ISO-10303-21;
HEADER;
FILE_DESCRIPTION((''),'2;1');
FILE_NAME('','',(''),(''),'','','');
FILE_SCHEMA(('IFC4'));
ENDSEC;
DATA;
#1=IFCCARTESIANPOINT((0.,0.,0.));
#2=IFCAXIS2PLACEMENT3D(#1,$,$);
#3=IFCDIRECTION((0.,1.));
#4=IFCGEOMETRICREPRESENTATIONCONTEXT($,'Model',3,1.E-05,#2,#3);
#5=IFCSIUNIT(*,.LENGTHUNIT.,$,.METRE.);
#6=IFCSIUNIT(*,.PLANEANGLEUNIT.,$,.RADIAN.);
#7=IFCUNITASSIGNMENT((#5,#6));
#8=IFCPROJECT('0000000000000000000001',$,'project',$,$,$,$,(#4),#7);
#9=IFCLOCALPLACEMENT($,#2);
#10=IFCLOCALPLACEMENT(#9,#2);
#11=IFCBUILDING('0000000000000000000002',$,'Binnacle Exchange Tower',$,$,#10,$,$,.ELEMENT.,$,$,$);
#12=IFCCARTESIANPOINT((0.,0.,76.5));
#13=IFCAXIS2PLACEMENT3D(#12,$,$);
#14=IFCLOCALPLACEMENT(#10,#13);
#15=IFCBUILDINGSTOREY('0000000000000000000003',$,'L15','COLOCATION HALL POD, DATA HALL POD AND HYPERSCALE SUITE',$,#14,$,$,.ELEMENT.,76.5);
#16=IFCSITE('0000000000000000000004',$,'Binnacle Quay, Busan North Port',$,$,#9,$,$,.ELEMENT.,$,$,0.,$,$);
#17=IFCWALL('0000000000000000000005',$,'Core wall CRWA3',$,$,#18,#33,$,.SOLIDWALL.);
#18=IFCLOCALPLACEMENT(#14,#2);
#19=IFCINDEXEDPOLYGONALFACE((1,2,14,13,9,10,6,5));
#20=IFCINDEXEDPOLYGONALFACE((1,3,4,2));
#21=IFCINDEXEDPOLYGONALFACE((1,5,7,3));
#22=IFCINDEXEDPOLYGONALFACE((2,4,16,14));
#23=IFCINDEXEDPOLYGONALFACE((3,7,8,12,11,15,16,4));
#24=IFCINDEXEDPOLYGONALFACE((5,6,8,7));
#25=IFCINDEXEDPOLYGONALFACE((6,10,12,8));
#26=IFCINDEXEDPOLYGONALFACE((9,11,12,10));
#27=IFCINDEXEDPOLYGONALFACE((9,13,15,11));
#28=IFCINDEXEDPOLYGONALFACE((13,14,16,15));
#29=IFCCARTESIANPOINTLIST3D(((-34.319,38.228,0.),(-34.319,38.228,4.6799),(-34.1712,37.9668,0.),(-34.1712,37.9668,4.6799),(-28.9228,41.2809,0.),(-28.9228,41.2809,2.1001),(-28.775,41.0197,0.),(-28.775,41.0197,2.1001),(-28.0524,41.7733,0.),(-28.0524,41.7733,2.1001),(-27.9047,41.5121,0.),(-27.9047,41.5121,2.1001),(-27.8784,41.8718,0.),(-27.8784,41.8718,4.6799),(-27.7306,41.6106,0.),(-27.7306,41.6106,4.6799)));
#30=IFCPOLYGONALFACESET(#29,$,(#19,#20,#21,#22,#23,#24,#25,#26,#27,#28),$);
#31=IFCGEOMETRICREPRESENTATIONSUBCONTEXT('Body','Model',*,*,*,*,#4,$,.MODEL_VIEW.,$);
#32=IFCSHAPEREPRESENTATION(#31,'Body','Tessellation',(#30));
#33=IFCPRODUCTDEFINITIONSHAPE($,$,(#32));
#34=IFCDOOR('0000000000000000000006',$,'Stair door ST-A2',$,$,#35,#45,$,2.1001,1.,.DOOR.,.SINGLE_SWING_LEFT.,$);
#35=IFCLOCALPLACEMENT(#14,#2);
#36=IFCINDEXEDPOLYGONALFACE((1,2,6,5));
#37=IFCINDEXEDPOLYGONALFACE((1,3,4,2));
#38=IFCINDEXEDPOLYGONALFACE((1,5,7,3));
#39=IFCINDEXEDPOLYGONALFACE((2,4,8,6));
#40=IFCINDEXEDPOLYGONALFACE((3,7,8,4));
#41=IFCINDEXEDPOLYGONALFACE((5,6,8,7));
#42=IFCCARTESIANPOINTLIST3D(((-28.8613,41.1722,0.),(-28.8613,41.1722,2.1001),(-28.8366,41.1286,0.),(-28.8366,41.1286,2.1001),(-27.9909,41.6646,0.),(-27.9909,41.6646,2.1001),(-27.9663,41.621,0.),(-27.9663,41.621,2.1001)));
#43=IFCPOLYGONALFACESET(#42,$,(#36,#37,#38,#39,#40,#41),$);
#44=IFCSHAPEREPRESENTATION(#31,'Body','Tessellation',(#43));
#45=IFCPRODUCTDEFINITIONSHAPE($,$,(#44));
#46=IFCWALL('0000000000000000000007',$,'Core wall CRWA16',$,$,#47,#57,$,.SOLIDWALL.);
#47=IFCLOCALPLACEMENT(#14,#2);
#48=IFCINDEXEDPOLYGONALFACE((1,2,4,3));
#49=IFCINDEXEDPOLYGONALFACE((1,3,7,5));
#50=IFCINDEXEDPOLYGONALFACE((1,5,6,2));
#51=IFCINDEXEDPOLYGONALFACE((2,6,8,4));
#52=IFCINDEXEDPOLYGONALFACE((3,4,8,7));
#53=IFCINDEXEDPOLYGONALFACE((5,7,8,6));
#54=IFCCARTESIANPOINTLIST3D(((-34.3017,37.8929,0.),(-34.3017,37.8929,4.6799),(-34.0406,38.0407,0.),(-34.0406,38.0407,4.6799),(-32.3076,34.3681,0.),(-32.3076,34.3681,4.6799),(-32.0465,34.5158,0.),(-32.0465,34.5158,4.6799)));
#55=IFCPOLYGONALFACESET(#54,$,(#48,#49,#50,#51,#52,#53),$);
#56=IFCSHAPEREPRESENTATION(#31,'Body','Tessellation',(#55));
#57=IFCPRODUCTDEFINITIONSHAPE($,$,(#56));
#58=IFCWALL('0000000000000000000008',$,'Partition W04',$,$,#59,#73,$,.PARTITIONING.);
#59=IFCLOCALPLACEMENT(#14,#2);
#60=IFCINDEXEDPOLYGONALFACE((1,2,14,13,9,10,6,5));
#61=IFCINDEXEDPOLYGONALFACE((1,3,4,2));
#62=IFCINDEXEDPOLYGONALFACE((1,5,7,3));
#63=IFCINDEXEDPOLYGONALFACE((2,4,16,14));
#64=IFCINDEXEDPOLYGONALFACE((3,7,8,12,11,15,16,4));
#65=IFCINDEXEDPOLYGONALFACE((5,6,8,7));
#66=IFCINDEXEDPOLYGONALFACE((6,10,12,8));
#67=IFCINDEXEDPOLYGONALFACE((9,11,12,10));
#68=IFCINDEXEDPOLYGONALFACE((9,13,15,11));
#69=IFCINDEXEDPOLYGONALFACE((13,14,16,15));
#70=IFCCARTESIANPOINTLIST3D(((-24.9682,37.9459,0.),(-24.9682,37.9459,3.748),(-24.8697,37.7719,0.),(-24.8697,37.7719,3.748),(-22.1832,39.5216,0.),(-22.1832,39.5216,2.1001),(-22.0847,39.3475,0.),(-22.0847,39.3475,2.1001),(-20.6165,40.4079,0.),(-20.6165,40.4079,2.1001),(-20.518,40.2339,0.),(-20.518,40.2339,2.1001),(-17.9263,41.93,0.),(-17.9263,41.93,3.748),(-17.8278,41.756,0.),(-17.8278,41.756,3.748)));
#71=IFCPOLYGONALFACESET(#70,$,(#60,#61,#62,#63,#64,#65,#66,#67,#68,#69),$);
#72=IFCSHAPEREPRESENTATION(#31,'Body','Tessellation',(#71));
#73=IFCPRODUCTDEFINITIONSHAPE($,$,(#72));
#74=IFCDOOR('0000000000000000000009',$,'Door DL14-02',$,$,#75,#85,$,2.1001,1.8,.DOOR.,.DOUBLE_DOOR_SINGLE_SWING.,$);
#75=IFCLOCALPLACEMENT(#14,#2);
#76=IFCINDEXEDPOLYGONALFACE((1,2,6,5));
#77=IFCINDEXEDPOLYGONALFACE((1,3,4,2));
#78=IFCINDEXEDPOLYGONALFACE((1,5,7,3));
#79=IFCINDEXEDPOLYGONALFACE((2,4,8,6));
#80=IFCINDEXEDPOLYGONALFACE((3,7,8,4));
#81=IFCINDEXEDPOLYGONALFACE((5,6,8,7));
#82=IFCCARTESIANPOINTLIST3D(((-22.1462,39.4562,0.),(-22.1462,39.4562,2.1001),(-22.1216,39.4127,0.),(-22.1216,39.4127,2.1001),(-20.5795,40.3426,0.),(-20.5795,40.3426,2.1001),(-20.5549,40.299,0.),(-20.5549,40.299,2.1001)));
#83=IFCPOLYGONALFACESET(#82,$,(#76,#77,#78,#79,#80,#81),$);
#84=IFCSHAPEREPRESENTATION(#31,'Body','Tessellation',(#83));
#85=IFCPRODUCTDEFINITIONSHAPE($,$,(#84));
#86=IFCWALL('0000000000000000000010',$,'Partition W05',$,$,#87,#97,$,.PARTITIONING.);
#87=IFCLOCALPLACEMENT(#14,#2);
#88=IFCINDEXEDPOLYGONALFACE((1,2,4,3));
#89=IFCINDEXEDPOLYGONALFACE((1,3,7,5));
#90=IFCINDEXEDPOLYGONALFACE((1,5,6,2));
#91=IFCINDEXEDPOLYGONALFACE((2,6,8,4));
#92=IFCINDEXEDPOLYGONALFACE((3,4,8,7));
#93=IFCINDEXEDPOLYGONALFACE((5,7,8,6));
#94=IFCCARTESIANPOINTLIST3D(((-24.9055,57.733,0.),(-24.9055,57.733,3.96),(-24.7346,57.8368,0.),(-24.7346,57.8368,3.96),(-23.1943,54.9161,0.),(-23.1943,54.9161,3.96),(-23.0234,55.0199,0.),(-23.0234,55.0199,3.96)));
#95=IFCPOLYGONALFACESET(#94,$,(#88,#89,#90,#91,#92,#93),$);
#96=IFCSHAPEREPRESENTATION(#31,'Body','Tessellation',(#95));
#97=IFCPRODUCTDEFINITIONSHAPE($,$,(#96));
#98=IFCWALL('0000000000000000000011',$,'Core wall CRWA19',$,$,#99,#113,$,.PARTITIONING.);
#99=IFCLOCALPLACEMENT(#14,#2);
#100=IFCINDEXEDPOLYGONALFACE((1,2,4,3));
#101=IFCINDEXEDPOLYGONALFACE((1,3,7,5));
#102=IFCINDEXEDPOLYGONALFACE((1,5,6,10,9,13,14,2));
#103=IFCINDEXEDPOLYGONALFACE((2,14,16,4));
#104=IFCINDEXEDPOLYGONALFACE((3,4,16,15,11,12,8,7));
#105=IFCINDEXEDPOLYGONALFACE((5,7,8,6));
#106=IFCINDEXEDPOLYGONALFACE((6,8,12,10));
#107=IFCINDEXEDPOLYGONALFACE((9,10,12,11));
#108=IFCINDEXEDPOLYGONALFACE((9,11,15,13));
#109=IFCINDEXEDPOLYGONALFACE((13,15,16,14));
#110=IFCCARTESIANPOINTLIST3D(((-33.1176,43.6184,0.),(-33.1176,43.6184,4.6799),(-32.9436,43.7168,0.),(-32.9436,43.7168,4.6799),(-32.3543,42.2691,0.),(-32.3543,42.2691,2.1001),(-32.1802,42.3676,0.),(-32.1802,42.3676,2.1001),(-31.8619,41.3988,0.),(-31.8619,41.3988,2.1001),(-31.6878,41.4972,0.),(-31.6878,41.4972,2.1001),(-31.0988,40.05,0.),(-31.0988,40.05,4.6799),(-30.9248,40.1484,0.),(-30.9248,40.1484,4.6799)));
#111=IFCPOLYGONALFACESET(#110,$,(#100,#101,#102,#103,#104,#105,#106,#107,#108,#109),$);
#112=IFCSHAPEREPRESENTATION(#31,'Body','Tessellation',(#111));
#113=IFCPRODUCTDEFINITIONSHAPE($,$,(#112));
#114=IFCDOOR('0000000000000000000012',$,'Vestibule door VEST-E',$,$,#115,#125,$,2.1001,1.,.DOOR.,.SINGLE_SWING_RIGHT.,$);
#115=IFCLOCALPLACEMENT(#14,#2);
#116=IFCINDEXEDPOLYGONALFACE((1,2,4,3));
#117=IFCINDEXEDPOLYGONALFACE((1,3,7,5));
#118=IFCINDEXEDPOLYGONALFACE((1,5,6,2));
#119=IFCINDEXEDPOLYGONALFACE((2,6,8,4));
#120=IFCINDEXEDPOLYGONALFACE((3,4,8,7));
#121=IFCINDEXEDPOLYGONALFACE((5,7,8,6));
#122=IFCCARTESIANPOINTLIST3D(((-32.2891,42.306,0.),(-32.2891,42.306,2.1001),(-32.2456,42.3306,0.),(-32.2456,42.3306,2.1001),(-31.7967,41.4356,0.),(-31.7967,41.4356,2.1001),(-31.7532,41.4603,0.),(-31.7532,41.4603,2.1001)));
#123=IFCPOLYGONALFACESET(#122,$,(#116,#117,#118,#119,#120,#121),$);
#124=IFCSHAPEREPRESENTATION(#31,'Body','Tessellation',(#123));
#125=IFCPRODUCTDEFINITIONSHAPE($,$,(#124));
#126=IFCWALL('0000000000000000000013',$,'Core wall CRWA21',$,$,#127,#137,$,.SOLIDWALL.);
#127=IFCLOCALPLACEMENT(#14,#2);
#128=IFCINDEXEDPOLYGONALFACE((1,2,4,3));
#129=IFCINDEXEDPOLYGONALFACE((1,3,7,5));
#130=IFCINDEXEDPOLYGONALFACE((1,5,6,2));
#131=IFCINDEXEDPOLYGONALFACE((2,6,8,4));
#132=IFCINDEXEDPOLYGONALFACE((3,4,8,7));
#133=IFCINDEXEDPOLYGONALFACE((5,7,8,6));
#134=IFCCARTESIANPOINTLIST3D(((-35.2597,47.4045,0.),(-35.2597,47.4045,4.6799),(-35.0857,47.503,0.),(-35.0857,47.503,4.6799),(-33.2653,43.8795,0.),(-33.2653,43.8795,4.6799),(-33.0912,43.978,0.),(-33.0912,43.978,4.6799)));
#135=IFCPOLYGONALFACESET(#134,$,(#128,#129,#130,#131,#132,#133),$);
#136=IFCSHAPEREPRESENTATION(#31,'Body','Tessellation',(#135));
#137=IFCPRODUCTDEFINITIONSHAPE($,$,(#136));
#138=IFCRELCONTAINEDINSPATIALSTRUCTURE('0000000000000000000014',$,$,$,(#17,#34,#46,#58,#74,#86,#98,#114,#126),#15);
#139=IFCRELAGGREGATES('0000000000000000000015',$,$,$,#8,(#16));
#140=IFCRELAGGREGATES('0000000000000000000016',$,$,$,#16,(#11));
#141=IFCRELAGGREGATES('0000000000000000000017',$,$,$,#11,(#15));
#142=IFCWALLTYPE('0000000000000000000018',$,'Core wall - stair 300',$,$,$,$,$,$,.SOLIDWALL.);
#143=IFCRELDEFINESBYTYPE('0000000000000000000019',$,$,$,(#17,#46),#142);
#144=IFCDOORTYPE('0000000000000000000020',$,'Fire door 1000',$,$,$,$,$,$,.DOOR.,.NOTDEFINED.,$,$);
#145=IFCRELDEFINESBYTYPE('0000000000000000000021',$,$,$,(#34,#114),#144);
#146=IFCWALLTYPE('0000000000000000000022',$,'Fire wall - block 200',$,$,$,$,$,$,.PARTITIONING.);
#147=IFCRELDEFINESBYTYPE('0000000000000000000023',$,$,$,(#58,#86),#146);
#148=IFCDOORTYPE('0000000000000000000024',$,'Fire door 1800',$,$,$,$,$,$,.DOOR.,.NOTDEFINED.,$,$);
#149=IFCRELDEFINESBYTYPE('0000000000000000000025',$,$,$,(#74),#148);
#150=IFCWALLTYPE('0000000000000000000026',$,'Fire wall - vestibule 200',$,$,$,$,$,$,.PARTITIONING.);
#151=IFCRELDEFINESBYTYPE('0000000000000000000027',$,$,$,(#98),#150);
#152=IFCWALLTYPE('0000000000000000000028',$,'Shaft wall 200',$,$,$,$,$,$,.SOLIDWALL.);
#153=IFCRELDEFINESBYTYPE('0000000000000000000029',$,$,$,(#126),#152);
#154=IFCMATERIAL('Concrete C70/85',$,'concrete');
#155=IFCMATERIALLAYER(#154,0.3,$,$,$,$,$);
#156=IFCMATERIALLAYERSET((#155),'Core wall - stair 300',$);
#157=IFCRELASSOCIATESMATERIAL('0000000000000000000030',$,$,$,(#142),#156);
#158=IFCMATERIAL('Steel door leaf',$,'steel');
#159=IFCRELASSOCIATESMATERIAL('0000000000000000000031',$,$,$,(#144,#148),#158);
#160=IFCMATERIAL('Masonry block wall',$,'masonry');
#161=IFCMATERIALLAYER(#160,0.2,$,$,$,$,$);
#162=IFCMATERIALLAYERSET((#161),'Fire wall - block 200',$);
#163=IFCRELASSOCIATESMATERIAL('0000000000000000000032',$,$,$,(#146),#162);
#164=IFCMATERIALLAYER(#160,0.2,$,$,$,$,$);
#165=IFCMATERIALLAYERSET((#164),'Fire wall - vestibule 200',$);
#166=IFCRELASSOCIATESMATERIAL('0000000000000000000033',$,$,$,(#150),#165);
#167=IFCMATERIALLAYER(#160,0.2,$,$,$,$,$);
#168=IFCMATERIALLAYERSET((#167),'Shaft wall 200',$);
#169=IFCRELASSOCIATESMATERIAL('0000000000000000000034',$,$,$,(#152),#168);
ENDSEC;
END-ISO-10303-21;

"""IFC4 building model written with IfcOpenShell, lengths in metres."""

from ifc_helpers import new_model, si_unit, direction, frame, frame_2d, origin, place, context, subcontext, project, spatial, rectangle, extrude, material, layer, layer_set, type_object, element, fill, save


model = new_model("IFC4")

# Units and contexts
model_context = context("Model", 3, precision=1e-05, world=origin(), true_north=direction((0.0, 1.0)))
body_context = subcontext(model_context, "Body", "Model", "MODEL_VIEW")
ifc_project = project(units=[si_unit("LENGTHUNIT", "METRE"), si_unit("PLANEANGLEUNIT", "RADIAN")], contexts=[model_context])

# Site, building, storey
site_placement = place(None, origin())
site = spatial("IfcSite", under=ifc_project, at=site_placement, Name="Binnacle Quay, Busan North Port", CompositionType="ELEMENT", RefElevation=0.0)
building_placement = place(site_placement, origin())
building = spatial("IfcBuilding", under=site, at=building_placement, Name="Binnacle Exchange Tower", CompositionType="ELEMENT")
storey_placement = place(building_placement, frame((0.0, 0.0, 76.5)))
storey = spatial("IfcBuildingStorey", under=building, at=storey_placement, Name="L15", Description="COLOCATION HALL POD, DATA HALL POD AND HYPERSCALE SUITE", CompositionType="ELEMENT", Elevation=76.5)

# Shared definitions
ifc_material_1 = material(Name="Concrete C70/85", Category="concrete")

# Wall, opening, door
ifc_layer_1 = layer(ifc_material_1, 0.3)
ifc_layer_set_1 = layer_set([ifc_layer_1], Name="Core wall - stair 300")
wall_type_1 = type_object("IfcWallType", Name="Core wall - stair 300", PredefinedType="SOLIDWALL", material=ifc_layer_set_1)
wall_1_placement = place(storey_placement, frame((-34.2451, 38.0974, 0.0), z_axis=(0.0, 0.0, 1.0), x_axis=(0.870365, 0.492407, 0.0)))
wall_1 = element("IfcWall", 1, at=wall_1_placement, inside=storey, type_object=wall_type_1, Name="Core wall CRWA3", PredefinedType="SOLIDWALL", context=body_context, shape_type="SweptSolid", body=[
    extrude(rectangle(XDim=7.3999, YDim=0.3, at=frame_2d((3.7, 0.0))), origin(), (0.0, 0.0, 1.0), 4.6799),
])
opening_1_placement = place(wall_1_placement, frame((6.2, 0.0, 0.0)))
opening_1 = element("IfcOpeningElement", 2, at=opening_1_placement, cuts=wall_1, PredefinedType="OPENING", context=body_context, shape_type="SweptSolid", body=[
    extrude(rectangle(XDim=1.0, YDim=2.1001, at=frame_2d((0.5, 1.05))), frame((0.0, 0.1599, 0.0), z_axis=(0.0, -1.0, 0.0), x_axis=(1.0, 0.0, 0.0)), (0.0, 0.0, 1.0), 0.3201),
])
ifc_material_2 = material(Name="Steel door leaf", Category="steel")
door_type_1 = type_object("IfcDoorType", Name="Fire door 1000", OperationType="NOTDEFINED", PredefinedType="DOOR", material=ifc_material_2)
door_1_placement = place(opening_1_placement, frame((1.0, 0.0, 0.0), z_axis=(0.0, 0.0, 1.0), x_axis=(-1.0, 0.0, 0.0)))
door_1 = element("IfcDoor", 3, at=door_1_placement, inside=storey, type_object=door_type_1, Name="Stair door ST-A2", OperationType="SINGLE_SWING_LEFT", OverallHeight=2.1001, OverallWidth=1.0, PredefinedType="DOOR", context=body_context, shape_type="SweptSolid", body=[
    extrude(rectangle(XDim=1.0, YDim=2.1001, at=frame_2d((0.5, 1.05))), frame((0.0, 0.0249, 0.0), z_axis=(0.0, -1.0, 0.0), x_axis=(1.0, 0.0, 0.0)), (0.0, 0.0, 1.0), 0.05),
])
fill(opening_1, door_1)

# Wall
wall_2_placement = place(storey_placement, frame((-34.1711, 37.9668, 0.0), z_axis=(0.0, 0.0, 1.0), x_axis=(0.492395, -0.870372, 0.0)))
element("IfcWall", 4, at=wall_2_placement, inside=storey, type_object=wall_type_1, Name="Core wall CRWA16", PredefinedType="SOLIDWALL", context=body_context, shape_type="SweptSolid", body=[
    extrude(rectangle(XDim=4.0498, YDim=0.3, at=frame_2d((2.0249, 0.0))), origin(), (0.0, 0.0, 1.0), 4.6799),
])

# Wall, opening, door
ifc_material_3 = material(Name="Masonry block wall", Category="masonry")
ifc_layer_2 = layer(ifc_material_3, 0.2)
ifc_layer_set_2 = layer_set([ifc_layer_2], Name="Fire wall - block 200")
wall_type_2 = type_object("IfcWallType", Name="Fire wall - block 200", PredefinedType="PARTITIONING", material=ifc_layer_set_2)
wall_3_placement = place(storey_placement, frame((-24.9189, 37.8589, 0.0), z_axis=(0.0, 0.0, 1.0), x_axis=(0.870358, 0.49242, 0.0)))
wall_3 = element("IfcWall", 5, at=wall_3_placement, inside=storey, type_object=wall_type_2, Name="Partition W04", PredefinedType="PARTITIONING", context=body_context, shape_type="SweptSolid", body=[
    extrude(rectangle(XDim=8.0908, YDim=0.2, at=frame_2d((4.0454, 0.0))), origin(), (0.0, 0.0, 1.0), 3.748),
])
opening_2_placement = place(wall_3_placement, frame((3.2, 0.0, 0.0)))
opening_2 = element("IfcOpeningElement", 6, at=opening_2_placement, cuts=wall_3, PredefinedType="OPENING", context=body_context, shape_type="SweptSolid", body=[
    extrude(rectangle(XDim=1.8, YDim=2.1001, at=frame_2d((0.8999, 1.05))), frame((0.0, 0.1099, 0.0), z_axis=(0.0, -1.0, 0.0), x_axis=(1.0, 0.0, 0.0)), (0.0, 0.0, 1.0), 0.22),
])
door_type_2 = type_object("IfcDoorType", Name="Fire door 1800", OperationType="NOTDEFINED", PredefinedType="DOOR", material=ifc_material_2)
door_2_placement = place(opening_2_placement, origin())
door_2 = element("IfcDoor", 7, at=door_2_placement, inside=storey, type_object=door_type_2, Name="Door DL14-02", OperationType="DOUBLE_DOOR_SINGLE_SWING", OverallHeight=2.1001, OverallWidth=1.8, PredefinedType="DOOR", context=body_context, shape_type="SweptSolid", body=[
    extrude(rectangle(XDim=1.8, YDim=2.1001, at=frame_2d((0.8999, 1.05))), frame((0.0, 0.0249, 0.0), z_axis=(0.0, -1.0, 0.0), x_axis=(1.0, 0.0, 0.0)), (0.0, 0.0, 1.0), 0.05),
])
fill(opening_2, door_2)

# Wall
wall_4_placement = place(storey_placement, frame((-24.8201, 57.7849, 0.0), z_axis=(0.0, 0.0, 1.0), x_axis=(0.519183, -0.854663, 0.0)))
element("IfcWall", 8, at=wall_4_placement, inside=storey, type_object=wall_type_2, Name="Partition W05", PredefinedType="PARTITIONING", context=body_context, shape_type="SweptSolid", body=[
    extrude(rectangle(XDim=3.2959, YDim=0.2, at=frame_2d((1.6479, 0.0))), origin(), (0.0, 0.0, 1.0), 3.96),
])

# Wall, opening, door
ifc_layer_3 = layer(ifc_material_3, 0.2)
ifc_layer_set_3 = layer_set([ifc_layer_3], Name="Fire wall - vestibule 200")
wall_type_3 = type_object("IfcWallType", Name="Fire wall - vestibule 200", PredefinedType="PARTITIONING", material=ifc_layer_set_3)
wall_5_placement = place(storey_placement, frame((-33.0305, 43.6675, 0.0), z_axis=(0.0, 0.0, 1.0), x_axis=(0.492408, -0.870364, 0.0)))
wall_5 = element("IfcWall", 9, at=wall_5_placement, inside=storey, type_object=wall_type_3, Name="Core wall CRWA19", PredefinedType="PARTITIONING", context=body_context, shape_type="SweptSolid", body=[
    extrude(rectangle(XDim=4.0999, YDim=0.2, at=frame_2d((2.0498, 0.0))), origin(), (0.0, 0.0, 1.0), 4.6799),
])
opening_3_placement = place(wall_5_placement, frame((1.55, 0.0, 0.0)))
opening_3 = element("IfcOpeningElement", 10, at=opening_3_placement, cuts=wall_5, PredefinedType="OPENING", context=body_context, shape_type="SweptSolid", body=[
    extrude(rectangle(XDim=1.0, YDim=2.1001, at=frame_2d((0.5, 1.05))), frame((0.0, 0.1099, 0.0), z_axis=(0.0, -1.0, 0.0), x_axis=(1.0, 0.0, 0.0)), (0.0, 0.0, 1.0), 0.22),
])
door_3_placement = place(opening_3_placement, origin())
door_3 = element("IfcDoor", 11, at=door_3_placement, inside=storey, type_object=door_type_1, Name="Vestibule door VEST-E", OperationType="SINGLE_SWING_RIGHT", OverallHeight=2.1001, OverallWidth=1.0, PredefinedType="DOOR", context=body_context, shape_type="SweptSolid", body=[
    extrude(rectangle(XDim=1.0, YDim=2.1001, at=frame_2d((0.5, 1.05))), frame((0.0, 0.0249, 0.0), z_axis=(0.0, -1.0, 0.0), x_axis=(1.0, 0.0, 0.0)), (0.0, 0.0, 1.0), 0.05),
])
fill(opening_3, door_3)

# Wall
ifc_layer_4 = layer(ifc_material_3, 0.2)
ifc_layer_set_4 = layer_set([ifc_layer_4], Name="Shaft wall 200")
wall_type_4 = type_object("IfcWallType", Name="Shaft wall 200", PredefinedType="SOLIDWALL", material=ifc_layer_set_4)
wall_6_placement = place(storey_placement, frame((-35.1726, 47.4536, 0.0), z_axis=(0.0, 0.0, 1.0), x_axis=(0.492441, -0.870346, 0.0)))
element("IfcWall", 12, at=wall_6_placement, inside=storey, type_object=wall_type_4, Name="Core wall CRWA21", PredefinedType="SOLIDWALL", context=body_context, shape_type="SweptSolid", body=[
    extrude(rectangle(XDim=4.05, YDim=0.2, at=frame_2d((2.0249, 0.0))), origin(), (0.0, 0.0, 1.0), 4.6799),
])

save(model, "model.ifc")
